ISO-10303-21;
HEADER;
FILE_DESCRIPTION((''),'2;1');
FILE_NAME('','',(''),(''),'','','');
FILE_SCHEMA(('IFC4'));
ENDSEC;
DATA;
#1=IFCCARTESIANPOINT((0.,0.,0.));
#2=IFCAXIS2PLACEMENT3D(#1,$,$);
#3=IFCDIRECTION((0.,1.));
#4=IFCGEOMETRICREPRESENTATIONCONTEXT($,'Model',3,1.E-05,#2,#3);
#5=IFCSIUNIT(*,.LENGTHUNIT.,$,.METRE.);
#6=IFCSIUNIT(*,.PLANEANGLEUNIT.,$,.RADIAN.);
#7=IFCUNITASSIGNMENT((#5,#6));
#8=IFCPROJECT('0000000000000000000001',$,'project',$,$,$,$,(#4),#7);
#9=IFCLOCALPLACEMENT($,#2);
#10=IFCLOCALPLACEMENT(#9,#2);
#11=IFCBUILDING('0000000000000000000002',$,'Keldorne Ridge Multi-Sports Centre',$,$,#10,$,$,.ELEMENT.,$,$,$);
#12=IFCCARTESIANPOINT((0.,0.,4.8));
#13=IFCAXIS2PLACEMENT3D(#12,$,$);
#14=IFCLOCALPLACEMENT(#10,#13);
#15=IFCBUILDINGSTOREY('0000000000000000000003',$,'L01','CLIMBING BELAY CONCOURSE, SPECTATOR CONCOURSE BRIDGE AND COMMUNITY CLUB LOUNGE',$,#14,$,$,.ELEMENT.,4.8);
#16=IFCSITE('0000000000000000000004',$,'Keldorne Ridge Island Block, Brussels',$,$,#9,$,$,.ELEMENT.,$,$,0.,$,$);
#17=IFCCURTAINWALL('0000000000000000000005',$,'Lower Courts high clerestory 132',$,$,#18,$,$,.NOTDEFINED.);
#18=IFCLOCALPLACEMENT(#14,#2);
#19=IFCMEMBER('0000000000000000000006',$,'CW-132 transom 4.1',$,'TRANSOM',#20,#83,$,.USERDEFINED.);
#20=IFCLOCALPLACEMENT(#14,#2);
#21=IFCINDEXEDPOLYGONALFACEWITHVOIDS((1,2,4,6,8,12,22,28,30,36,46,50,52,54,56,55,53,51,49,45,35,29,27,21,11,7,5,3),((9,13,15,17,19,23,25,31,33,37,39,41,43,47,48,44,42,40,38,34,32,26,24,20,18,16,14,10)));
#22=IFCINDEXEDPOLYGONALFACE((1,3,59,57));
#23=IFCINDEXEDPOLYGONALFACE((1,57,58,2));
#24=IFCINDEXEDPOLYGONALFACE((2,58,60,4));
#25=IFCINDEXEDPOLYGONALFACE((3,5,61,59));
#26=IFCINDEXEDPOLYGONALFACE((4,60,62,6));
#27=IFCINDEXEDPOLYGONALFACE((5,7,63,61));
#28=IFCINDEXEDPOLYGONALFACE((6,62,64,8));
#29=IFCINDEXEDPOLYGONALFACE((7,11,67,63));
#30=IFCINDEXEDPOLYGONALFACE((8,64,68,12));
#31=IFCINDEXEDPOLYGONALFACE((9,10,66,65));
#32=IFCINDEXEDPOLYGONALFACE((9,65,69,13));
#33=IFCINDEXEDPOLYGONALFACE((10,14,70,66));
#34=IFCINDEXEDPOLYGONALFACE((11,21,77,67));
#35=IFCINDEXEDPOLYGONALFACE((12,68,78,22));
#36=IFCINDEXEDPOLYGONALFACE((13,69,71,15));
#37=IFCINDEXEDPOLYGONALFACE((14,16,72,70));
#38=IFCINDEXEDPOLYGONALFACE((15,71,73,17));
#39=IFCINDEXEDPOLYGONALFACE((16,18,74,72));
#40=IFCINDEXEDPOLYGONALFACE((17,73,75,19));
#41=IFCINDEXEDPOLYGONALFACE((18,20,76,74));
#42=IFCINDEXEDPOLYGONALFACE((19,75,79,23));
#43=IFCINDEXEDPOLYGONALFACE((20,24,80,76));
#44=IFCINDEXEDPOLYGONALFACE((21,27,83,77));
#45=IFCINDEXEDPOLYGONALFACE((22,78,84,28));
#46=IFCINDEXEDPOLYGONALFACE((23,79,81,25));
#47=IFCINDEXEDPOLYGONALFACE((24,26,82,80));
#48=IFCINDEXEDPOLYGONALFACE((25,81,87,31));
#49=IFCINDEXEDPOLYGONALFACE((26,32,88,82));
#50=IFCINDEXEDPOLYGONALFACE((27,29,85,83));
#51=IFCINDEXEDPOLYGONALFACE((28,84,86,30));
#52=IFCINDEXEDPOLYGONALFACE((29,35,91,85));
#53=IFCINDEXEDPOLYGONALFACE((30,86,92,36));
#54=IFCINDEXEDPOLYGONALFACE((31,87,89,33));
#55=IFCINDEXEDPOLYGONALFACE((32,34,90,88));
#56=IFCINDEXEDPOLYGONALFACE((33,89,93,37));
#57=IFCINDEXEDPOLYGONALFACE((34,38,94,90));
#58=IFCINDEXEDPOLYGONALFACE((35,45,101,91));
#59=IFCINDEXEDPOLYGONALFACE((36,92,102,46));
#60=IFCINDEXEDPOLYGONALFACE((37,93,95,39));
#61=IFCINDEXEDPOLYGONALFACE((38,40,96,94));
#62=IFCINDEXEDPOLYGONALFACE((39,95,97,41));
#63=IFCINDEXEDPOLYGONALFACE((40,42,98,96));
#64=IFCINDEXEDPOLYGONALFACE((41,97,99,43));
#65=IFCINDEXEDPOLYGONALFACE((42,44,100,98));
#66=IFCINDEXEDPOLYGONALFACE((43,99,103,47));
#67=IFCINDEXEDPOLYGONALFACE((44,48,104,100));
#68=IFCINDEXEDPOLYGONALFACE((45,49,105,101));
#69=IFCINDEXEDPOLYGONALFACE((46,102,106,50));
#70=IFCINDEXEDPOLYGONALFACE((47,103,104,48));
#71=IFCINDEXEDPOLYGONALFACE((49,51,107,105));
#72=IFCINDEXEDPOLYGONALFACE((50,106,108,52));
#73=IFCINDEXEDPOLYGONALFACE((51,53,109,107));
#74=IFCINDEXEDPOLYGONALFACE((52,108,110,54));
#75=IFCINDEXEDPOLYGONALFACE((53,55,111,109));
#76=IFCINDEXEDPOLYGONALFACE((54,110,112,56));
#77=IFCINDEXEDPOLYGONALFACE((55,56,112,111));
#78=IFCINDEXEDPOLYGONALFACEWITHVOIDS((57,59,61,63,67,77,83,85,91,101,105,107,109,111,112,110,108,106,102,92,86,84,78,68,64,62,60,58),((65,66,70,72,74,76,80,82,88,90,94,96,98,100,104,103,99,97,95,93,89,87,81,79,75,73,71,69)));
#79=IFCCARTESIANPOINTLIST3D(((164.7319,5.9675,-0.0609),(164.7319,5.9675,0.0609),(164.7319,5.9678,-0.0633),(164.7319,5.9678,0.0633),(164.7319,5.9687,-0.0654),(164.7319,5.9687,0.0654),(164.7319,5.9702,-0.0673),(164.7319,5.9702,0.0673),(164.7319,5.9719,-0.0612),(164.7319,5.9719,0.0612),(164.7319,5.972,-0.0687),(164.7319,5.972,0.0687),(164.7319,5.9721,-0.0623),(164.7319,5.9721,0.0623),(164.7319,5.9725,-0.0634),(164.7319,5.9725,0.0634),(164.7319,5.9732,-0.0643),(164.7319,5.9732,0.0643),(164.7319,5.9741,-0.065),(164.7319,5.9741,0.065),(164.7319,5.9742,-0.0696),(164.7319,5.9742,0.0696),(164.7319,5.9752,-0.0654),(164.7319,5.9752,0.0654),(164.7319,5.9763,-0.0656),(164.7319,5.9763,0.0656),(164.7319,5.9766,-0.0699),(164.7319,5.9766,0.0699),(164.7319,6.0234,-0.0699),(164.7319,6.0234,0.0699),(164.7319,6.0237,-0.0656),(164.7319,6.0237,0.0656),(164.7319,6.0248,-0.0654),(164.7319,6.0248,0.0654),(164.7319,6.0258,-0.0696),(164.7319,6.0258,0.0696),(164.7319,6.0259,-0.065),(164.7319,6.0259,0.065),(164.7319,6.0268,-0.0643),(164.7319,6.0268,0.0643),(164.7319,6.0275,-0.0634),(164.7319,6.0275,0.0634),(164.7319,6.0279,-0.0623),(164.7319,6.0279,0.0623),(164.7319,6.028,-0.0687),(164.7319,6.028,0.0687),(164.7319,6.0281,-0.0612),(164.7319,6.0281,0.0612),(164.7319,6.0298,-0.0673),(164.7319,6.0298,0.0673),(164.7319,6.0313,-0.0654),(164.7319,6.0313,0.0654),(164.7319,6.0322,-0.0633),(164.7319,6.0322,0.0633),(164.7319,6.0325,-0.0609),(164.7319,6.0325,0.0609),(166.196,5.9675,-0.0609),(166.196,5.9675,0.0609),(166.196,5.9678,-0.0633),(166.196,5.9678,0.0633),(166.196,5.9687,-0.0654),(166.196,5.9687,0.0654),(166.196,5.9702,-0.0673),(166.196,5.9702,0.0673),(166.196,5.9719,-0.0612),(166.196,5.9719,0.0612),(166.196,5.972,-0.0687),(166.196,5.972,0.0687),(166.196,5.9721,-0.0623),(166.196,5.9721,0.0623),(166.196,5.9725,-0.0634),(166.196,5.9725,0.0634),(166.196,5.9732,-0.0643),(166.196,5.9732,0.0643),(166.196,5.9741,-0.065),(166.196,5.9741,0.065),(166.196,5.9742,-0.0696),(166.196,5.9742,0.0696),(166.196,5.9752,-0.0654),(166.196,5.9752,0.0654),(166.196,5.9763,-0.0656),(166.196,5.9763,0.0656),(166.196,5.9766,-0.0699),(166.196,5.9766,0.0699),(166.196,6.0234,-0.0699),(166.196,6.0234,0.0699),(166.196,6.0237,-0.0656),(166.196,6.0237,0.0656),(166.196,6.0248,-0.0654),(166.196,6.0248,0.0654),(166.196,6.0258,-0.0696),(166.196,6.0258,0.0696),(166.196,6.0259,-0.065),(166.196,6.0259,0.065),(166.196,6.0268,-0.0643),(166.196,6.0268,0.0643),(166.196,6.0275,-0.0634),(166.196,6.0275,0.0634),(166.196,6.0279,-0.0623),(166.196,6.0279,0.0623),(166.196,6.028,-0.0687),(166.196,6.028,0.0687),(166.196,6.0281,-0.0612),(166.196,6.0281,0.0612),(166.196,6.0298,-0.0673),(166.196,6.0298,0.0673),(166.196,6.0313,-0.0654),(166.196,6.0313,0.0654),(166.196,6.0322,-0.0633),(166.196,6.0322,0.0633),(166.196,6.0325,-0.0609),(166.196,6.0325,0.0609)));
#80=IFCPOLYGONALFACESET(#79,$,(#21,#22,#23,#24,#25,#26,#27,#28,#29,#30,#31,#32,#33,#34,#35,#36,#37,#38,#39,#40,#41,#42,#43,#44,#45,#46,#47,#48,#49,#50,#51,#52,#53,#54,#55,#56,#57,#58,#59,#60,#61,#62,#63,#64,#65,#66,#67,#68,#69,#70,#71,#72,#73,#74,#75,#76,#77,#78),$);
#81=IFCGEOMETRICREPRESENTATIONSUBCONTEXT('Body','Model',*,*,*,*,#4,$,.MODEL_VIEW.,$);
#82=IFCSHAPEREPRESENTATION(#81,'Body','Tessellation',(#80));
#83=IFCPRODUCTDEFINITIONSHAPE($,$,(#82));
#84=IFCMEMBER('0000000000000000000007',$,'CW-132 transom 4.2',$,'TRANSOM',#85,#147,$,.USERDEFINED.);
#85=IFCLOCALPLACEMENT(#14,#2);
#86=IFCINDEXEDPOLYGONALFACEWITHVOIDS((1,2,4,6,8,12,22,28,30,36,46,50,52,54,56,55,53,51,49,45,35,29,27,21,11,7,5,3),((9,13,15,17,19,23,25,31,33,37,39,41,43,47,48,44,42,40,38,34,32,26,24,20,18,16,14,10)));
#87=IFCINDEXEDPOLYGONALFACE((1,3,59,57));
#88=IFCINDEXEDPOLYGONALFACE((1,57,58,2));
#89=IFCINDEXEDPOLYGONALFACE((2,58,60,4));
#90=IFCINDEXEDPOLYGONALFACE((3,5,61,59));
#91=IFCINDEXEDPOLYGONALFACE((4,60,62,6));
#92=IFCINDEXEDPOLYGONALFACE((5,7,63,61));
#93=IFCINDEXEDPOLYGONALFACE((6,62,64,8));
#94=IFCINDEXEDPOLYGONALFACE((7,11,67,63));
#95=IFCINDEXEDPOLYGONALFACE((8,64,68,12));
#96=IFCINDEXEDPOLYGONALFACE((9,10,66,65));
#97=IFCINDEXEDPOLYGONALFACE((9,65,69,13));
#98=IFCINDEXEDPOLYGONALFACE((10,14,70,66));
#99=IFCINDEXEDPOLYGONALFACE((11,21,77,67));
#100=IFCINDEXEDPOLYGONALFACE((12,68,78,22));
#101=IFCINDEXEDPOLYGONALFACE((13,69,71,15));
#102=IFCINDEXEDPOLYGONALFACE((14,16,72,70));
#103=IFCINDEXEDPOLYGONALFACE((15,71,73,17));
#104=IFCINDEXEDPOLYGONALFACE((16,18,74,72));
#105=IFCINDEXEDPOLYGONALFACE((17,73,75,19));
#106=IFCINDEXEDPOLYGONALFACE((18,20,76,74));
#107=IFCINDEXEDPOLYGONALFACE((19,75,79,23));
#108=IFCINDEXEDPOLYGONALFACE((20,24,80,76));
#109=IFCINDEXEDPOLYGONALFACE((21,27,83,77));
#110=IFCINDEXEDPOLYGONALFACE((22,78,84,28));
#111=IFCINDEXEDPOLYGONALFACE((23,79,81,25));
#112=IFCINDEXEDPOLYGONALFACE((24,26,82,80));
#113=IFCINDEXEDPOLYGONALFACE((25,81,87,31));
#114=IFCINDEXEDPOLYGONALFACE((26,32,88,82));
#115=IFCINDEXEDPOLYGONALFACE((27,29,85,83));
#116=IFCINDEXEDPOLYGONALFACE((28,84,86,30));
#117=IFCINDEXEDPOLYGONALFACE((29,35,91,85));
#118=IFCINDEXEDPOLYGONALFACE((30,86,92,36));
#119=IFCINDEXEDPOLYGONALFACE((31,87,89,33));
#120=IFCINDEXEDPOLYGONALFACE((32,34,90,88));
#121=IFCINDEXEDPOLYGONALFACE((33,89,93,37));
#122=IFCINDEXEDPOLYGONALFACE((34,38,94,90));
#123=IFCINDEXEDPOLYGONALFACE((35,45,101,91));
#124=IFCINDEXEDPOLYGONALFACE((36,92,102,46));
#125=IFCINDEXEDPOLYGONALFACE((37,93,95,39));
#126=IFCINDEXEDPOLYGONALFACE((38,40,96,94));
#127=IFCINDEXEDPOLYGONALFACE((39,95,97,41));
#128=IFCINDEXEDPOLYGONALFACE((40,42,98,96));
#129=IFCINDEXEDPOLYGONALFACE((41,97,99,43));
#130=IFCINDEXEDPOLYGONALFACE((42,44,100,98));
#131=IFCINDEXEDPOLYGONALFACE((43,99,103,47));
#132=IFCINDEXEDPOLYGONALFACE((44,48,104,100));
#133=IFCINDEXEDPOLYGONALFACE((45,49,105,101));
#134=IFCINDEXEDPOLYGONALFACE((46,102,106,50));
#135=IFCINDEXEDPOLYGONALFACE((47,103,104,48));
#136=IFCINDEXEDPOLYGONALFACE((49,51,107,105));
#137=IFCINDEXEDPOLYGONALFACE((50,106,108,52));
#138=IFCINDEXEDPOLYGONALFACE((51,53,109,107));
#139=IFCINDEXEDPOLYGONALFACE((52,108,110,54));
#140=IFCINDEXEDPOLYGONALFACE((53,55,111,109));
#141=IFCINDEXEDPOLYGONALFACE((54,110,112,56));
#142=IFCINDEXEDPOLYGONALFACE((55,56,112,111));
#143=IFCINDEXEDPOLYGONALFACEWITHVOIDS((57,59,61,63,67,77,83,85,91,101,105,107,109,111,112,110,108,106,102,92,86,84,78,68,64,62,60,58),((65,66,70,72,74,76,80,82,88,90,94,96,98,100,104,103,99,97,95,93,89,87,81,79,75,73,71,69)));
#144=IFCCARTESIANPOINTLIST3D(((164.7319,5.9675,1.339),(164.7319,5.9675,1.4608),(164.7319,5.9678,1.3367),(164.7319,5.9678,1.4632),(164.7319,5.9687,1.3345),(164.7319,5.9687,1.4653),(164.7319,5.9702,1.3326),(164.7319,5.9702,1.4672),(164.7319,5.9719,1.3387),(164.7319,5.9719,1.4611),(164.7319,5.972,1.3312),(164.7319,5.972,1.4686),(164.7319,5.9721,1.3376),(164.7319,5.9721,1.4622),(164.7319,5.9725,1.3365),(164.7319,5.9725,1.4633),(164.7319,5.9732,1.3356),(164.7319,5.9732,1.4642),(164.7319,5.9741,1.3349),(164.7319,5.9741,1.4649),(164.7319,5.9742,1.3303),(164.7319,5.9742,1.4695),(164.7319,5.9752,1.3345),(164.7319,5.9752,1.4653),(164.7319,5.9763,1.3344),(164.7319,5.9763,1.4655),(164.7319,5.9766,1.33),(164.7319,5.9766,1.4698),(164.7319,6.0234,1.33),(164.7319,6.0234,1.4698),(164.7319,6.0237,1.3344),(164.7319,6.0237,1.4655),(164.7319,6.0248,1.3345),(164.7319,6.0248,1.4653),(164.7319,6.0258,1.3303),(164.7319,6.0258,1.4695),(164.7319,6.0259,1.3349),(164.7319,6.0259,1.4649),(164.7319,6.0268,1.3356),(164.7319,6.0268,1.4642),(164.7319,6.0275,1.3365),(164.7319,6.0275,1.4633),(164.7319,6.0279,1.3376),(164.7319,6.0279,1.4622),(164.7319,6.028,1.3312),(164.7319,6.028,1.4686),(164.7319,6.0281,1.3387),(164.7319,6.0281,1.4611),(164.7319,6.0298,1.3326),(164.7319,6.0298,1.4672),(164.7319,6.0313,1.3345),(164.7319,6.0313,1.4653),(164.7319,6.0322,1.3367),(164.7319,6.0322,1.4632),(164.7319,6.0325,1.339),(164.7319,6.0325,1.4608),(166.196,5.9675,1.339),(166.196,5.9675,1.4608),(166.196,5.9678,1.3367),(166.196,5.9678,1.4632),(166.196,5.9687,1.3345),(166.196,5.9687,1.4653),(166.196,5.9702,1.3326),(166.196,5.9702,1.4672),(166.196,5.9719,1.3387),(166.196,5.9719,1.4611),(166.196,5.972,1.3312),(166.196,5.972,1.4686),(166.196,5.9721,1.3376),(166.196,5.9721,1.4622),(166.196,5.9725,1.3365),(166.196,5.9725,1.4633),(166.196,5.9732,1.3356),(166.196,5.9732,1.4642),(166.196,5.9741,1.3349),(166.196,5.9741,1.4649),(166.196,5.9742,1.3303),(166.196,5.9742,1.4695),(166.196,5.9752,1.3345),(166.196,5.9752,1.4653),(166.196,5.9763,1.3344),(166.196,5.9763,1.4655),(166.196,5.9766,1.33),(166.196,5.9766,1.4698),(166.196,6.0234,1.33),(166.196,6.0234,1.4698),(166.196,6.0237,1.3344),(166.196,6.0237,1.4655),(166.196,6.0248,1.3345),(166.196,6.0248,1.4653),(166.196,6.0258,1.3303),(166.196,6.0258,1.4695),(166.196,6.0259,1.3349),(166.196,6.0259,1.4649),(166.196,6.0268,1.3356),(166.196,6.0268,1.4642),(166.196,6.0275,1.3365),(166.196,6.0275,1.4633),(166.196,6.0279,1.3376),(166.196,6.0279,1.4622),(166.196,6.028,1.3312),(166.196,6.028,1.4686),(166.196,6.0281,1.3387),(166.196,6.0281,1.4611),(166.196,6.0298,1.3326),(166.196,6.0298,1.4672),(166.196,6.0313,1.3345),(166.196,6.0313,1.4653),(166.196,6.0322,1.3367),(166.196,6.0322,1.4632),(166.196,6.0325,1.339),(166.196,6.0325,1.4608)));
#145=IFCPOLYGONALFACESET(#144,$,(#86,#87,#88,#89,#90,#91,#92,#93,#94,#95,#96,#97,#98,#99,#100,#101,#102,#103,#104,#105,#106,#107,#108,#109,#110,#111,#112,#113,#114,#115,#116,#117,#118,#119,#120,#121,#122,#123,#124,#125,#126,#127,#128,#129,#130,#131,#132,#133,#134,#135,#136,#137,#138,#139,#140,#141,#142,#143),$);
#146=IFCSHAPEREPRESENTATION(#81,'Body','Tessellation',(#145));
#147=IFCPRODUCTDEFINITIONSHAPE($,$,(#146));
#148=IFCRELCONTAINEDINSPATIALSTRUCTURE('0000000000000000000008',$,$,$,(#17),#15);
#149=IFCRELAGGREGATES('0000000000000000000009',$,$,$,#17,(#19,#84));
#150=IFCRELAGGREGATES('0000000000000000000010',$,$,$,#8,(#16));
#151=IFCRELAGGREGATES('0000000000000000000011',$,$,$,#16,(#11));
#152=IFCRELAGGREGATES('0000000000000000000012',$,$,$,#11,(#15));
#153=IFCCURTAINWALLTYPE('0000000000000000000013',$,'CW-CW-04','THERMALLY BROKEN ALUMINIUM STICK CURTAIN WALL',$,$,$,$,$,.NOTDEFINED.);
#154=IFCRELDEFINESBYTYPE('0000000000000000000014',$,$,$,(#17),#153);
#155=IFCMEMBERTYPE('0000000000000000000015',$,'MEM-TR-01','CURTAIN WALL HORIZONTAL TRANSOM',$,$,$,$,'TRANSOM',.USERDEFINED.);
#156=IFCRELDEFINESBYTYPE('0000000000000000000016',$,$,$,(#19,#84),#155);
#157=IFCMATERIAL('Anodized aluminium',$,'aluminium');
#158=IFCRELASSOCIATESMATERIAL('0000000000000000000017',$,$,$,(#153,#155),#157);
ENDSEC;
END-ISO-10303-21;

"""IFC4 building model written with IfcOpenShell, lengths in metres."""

from ifc_helpers import new_model, si_unit, direction, frame, origin, origin_2d, place, context, subcontext, project, spatial, hollow_rectangle, extrude, material, material_profile, profile_set, type_object, element, aggregate, save


model = new_model("IFC4")

# Units and contexts
model_context = context("Model", 3, precision=1e-05, world=origin(), true_north=direction((0.0, 1.0)))
body_context = subcontext(model_context, "Body", "Model", "MODEL_VIEW")
ifc_project = project(units=[si_unit("LENGTHUNIT", "METRE"), si_unit("PLANEANGLEUNIT", "RADIAN")], contexts=[model_context])

# Site, building, storey
site_placement = place(None, origin())
site = spatial("IfcSite", under=ifc_project, at=site_placement, Name="Keldorne Ridge Island Block, Brussels", CompositionType="ELEMENT", RefElevation=0.0)
building_placement = place(site_placement, origin())
building = spatial("IfcBuilding", under=site, at=building_placement, Name="Keldorne Ridge Multi-Sports Centre", CompositionType="ELEMENT")
storey_placement = place(building_placement, frame((0.0, 0.0, 4.8)))
storey = spatial("IfcBuildingStorey", under=building, at=storey_placement, Name="L01", Description="CLIMBING BELAY CONCOURSE, SPECTATOR CONCOURSE BRIDGE AND COMMUNITY CLUB LOUNGE", CompositionType="ELEMENT", Elevation=4.8)

# Curtain wall, members
ifc_material_1 = material(Name="Anodized aluminium", Category="aluminium")
curtain_wall_type = type_object("IfcCurtainWallType", Name="CW-CW-04", Description="THERMALLY BROKEN ALUMINIUM STICK CURTAIN WALL", PredefinedType="NOTDEFINED", material=ifc_material_1)
curtain_wall_placement = place(storey_placement, origin())
curtain_wall = element("IfcCurtainWall", 1, at=curtain_wall_placement, inside=storey, type_object=curtain_wall_type, Name="Lower Courts high clerestory 132", PredefinedType="NOTDEFINED")
ifc_material_profile_1 = material_profile(ifc_material_1, hollow_rectangle(XDim=0.0649, YDim=0.1399, WallThickness=0.0044, InnerFilletRadius=0.0044, OuterFilletRadius=0.009, at=origin_2d()), Name="ALU TRANSOM 140x65x4.5")
ifc_profile_set_1 = profile_set([ifc_material_profile_1], Name="Anodized aluminium")
member_type_1 = type_object("IfcMemberType", Name="MEM-TR-01", Description="CURTAIN WALL HORIZONTAL TRANSOM", ElementType="TRANSOM", PredefinedType="USERDEFINED", material=ifc_profile_set_1)
member_1_placement = place(storey_placement, frame((164.7319, 6.0, 0.0), z_axis=(1.0, 0.0, 0.0), x_axis=(0.0, 1.0, 0.0)))
member_1 = element("IfcMember", 2, at=member_1_placement, type_object=member_type_1, Name="CW-132 transom 4.1", ObjectType="TRANSOM", PredefinedType="USERDEFINED", context=body_context, shape_type="SweptSolid", body=[
    extrude(hollow_rectangle(XDim=0.0649, YDim=0.1399, WallThickness=0.0044, InnerFilletRadius=0.0044, OuterFilletRadius=0.009, at=origin_2d()), origin(), (0.0, 0.0, 1.0), 1.4641),
])
member_2_placement = place(storey_placement, frame((164.7319, 6.0, 1.3999), z_axis=(1.0, 0.0, 0.0), x_axis=(0.0, 1.0, 0.0)))
member_2 = element("IfcMember", 3, at=member_2_placement, type_object=member_type_1, Name="CW-132 transom 4.2", ObjectType="TRANSOM", PredefinedType="USERDEFINED", context=body_context, shape_type="SweptSolid", body=[
    extrude(hollow_rectangle(XDim=0.0649, YDim=0.1399, WallThickness=0.0044, InnerFilletRadius=0.0044, OuterFilletRadius=0.009, at=origin_2d()), origin(), (0.0, 0.0, 1.0), 1.4641),
])
aggregate(curtain_wall, [member_1, member_2])

save(model, "model.ifc")
